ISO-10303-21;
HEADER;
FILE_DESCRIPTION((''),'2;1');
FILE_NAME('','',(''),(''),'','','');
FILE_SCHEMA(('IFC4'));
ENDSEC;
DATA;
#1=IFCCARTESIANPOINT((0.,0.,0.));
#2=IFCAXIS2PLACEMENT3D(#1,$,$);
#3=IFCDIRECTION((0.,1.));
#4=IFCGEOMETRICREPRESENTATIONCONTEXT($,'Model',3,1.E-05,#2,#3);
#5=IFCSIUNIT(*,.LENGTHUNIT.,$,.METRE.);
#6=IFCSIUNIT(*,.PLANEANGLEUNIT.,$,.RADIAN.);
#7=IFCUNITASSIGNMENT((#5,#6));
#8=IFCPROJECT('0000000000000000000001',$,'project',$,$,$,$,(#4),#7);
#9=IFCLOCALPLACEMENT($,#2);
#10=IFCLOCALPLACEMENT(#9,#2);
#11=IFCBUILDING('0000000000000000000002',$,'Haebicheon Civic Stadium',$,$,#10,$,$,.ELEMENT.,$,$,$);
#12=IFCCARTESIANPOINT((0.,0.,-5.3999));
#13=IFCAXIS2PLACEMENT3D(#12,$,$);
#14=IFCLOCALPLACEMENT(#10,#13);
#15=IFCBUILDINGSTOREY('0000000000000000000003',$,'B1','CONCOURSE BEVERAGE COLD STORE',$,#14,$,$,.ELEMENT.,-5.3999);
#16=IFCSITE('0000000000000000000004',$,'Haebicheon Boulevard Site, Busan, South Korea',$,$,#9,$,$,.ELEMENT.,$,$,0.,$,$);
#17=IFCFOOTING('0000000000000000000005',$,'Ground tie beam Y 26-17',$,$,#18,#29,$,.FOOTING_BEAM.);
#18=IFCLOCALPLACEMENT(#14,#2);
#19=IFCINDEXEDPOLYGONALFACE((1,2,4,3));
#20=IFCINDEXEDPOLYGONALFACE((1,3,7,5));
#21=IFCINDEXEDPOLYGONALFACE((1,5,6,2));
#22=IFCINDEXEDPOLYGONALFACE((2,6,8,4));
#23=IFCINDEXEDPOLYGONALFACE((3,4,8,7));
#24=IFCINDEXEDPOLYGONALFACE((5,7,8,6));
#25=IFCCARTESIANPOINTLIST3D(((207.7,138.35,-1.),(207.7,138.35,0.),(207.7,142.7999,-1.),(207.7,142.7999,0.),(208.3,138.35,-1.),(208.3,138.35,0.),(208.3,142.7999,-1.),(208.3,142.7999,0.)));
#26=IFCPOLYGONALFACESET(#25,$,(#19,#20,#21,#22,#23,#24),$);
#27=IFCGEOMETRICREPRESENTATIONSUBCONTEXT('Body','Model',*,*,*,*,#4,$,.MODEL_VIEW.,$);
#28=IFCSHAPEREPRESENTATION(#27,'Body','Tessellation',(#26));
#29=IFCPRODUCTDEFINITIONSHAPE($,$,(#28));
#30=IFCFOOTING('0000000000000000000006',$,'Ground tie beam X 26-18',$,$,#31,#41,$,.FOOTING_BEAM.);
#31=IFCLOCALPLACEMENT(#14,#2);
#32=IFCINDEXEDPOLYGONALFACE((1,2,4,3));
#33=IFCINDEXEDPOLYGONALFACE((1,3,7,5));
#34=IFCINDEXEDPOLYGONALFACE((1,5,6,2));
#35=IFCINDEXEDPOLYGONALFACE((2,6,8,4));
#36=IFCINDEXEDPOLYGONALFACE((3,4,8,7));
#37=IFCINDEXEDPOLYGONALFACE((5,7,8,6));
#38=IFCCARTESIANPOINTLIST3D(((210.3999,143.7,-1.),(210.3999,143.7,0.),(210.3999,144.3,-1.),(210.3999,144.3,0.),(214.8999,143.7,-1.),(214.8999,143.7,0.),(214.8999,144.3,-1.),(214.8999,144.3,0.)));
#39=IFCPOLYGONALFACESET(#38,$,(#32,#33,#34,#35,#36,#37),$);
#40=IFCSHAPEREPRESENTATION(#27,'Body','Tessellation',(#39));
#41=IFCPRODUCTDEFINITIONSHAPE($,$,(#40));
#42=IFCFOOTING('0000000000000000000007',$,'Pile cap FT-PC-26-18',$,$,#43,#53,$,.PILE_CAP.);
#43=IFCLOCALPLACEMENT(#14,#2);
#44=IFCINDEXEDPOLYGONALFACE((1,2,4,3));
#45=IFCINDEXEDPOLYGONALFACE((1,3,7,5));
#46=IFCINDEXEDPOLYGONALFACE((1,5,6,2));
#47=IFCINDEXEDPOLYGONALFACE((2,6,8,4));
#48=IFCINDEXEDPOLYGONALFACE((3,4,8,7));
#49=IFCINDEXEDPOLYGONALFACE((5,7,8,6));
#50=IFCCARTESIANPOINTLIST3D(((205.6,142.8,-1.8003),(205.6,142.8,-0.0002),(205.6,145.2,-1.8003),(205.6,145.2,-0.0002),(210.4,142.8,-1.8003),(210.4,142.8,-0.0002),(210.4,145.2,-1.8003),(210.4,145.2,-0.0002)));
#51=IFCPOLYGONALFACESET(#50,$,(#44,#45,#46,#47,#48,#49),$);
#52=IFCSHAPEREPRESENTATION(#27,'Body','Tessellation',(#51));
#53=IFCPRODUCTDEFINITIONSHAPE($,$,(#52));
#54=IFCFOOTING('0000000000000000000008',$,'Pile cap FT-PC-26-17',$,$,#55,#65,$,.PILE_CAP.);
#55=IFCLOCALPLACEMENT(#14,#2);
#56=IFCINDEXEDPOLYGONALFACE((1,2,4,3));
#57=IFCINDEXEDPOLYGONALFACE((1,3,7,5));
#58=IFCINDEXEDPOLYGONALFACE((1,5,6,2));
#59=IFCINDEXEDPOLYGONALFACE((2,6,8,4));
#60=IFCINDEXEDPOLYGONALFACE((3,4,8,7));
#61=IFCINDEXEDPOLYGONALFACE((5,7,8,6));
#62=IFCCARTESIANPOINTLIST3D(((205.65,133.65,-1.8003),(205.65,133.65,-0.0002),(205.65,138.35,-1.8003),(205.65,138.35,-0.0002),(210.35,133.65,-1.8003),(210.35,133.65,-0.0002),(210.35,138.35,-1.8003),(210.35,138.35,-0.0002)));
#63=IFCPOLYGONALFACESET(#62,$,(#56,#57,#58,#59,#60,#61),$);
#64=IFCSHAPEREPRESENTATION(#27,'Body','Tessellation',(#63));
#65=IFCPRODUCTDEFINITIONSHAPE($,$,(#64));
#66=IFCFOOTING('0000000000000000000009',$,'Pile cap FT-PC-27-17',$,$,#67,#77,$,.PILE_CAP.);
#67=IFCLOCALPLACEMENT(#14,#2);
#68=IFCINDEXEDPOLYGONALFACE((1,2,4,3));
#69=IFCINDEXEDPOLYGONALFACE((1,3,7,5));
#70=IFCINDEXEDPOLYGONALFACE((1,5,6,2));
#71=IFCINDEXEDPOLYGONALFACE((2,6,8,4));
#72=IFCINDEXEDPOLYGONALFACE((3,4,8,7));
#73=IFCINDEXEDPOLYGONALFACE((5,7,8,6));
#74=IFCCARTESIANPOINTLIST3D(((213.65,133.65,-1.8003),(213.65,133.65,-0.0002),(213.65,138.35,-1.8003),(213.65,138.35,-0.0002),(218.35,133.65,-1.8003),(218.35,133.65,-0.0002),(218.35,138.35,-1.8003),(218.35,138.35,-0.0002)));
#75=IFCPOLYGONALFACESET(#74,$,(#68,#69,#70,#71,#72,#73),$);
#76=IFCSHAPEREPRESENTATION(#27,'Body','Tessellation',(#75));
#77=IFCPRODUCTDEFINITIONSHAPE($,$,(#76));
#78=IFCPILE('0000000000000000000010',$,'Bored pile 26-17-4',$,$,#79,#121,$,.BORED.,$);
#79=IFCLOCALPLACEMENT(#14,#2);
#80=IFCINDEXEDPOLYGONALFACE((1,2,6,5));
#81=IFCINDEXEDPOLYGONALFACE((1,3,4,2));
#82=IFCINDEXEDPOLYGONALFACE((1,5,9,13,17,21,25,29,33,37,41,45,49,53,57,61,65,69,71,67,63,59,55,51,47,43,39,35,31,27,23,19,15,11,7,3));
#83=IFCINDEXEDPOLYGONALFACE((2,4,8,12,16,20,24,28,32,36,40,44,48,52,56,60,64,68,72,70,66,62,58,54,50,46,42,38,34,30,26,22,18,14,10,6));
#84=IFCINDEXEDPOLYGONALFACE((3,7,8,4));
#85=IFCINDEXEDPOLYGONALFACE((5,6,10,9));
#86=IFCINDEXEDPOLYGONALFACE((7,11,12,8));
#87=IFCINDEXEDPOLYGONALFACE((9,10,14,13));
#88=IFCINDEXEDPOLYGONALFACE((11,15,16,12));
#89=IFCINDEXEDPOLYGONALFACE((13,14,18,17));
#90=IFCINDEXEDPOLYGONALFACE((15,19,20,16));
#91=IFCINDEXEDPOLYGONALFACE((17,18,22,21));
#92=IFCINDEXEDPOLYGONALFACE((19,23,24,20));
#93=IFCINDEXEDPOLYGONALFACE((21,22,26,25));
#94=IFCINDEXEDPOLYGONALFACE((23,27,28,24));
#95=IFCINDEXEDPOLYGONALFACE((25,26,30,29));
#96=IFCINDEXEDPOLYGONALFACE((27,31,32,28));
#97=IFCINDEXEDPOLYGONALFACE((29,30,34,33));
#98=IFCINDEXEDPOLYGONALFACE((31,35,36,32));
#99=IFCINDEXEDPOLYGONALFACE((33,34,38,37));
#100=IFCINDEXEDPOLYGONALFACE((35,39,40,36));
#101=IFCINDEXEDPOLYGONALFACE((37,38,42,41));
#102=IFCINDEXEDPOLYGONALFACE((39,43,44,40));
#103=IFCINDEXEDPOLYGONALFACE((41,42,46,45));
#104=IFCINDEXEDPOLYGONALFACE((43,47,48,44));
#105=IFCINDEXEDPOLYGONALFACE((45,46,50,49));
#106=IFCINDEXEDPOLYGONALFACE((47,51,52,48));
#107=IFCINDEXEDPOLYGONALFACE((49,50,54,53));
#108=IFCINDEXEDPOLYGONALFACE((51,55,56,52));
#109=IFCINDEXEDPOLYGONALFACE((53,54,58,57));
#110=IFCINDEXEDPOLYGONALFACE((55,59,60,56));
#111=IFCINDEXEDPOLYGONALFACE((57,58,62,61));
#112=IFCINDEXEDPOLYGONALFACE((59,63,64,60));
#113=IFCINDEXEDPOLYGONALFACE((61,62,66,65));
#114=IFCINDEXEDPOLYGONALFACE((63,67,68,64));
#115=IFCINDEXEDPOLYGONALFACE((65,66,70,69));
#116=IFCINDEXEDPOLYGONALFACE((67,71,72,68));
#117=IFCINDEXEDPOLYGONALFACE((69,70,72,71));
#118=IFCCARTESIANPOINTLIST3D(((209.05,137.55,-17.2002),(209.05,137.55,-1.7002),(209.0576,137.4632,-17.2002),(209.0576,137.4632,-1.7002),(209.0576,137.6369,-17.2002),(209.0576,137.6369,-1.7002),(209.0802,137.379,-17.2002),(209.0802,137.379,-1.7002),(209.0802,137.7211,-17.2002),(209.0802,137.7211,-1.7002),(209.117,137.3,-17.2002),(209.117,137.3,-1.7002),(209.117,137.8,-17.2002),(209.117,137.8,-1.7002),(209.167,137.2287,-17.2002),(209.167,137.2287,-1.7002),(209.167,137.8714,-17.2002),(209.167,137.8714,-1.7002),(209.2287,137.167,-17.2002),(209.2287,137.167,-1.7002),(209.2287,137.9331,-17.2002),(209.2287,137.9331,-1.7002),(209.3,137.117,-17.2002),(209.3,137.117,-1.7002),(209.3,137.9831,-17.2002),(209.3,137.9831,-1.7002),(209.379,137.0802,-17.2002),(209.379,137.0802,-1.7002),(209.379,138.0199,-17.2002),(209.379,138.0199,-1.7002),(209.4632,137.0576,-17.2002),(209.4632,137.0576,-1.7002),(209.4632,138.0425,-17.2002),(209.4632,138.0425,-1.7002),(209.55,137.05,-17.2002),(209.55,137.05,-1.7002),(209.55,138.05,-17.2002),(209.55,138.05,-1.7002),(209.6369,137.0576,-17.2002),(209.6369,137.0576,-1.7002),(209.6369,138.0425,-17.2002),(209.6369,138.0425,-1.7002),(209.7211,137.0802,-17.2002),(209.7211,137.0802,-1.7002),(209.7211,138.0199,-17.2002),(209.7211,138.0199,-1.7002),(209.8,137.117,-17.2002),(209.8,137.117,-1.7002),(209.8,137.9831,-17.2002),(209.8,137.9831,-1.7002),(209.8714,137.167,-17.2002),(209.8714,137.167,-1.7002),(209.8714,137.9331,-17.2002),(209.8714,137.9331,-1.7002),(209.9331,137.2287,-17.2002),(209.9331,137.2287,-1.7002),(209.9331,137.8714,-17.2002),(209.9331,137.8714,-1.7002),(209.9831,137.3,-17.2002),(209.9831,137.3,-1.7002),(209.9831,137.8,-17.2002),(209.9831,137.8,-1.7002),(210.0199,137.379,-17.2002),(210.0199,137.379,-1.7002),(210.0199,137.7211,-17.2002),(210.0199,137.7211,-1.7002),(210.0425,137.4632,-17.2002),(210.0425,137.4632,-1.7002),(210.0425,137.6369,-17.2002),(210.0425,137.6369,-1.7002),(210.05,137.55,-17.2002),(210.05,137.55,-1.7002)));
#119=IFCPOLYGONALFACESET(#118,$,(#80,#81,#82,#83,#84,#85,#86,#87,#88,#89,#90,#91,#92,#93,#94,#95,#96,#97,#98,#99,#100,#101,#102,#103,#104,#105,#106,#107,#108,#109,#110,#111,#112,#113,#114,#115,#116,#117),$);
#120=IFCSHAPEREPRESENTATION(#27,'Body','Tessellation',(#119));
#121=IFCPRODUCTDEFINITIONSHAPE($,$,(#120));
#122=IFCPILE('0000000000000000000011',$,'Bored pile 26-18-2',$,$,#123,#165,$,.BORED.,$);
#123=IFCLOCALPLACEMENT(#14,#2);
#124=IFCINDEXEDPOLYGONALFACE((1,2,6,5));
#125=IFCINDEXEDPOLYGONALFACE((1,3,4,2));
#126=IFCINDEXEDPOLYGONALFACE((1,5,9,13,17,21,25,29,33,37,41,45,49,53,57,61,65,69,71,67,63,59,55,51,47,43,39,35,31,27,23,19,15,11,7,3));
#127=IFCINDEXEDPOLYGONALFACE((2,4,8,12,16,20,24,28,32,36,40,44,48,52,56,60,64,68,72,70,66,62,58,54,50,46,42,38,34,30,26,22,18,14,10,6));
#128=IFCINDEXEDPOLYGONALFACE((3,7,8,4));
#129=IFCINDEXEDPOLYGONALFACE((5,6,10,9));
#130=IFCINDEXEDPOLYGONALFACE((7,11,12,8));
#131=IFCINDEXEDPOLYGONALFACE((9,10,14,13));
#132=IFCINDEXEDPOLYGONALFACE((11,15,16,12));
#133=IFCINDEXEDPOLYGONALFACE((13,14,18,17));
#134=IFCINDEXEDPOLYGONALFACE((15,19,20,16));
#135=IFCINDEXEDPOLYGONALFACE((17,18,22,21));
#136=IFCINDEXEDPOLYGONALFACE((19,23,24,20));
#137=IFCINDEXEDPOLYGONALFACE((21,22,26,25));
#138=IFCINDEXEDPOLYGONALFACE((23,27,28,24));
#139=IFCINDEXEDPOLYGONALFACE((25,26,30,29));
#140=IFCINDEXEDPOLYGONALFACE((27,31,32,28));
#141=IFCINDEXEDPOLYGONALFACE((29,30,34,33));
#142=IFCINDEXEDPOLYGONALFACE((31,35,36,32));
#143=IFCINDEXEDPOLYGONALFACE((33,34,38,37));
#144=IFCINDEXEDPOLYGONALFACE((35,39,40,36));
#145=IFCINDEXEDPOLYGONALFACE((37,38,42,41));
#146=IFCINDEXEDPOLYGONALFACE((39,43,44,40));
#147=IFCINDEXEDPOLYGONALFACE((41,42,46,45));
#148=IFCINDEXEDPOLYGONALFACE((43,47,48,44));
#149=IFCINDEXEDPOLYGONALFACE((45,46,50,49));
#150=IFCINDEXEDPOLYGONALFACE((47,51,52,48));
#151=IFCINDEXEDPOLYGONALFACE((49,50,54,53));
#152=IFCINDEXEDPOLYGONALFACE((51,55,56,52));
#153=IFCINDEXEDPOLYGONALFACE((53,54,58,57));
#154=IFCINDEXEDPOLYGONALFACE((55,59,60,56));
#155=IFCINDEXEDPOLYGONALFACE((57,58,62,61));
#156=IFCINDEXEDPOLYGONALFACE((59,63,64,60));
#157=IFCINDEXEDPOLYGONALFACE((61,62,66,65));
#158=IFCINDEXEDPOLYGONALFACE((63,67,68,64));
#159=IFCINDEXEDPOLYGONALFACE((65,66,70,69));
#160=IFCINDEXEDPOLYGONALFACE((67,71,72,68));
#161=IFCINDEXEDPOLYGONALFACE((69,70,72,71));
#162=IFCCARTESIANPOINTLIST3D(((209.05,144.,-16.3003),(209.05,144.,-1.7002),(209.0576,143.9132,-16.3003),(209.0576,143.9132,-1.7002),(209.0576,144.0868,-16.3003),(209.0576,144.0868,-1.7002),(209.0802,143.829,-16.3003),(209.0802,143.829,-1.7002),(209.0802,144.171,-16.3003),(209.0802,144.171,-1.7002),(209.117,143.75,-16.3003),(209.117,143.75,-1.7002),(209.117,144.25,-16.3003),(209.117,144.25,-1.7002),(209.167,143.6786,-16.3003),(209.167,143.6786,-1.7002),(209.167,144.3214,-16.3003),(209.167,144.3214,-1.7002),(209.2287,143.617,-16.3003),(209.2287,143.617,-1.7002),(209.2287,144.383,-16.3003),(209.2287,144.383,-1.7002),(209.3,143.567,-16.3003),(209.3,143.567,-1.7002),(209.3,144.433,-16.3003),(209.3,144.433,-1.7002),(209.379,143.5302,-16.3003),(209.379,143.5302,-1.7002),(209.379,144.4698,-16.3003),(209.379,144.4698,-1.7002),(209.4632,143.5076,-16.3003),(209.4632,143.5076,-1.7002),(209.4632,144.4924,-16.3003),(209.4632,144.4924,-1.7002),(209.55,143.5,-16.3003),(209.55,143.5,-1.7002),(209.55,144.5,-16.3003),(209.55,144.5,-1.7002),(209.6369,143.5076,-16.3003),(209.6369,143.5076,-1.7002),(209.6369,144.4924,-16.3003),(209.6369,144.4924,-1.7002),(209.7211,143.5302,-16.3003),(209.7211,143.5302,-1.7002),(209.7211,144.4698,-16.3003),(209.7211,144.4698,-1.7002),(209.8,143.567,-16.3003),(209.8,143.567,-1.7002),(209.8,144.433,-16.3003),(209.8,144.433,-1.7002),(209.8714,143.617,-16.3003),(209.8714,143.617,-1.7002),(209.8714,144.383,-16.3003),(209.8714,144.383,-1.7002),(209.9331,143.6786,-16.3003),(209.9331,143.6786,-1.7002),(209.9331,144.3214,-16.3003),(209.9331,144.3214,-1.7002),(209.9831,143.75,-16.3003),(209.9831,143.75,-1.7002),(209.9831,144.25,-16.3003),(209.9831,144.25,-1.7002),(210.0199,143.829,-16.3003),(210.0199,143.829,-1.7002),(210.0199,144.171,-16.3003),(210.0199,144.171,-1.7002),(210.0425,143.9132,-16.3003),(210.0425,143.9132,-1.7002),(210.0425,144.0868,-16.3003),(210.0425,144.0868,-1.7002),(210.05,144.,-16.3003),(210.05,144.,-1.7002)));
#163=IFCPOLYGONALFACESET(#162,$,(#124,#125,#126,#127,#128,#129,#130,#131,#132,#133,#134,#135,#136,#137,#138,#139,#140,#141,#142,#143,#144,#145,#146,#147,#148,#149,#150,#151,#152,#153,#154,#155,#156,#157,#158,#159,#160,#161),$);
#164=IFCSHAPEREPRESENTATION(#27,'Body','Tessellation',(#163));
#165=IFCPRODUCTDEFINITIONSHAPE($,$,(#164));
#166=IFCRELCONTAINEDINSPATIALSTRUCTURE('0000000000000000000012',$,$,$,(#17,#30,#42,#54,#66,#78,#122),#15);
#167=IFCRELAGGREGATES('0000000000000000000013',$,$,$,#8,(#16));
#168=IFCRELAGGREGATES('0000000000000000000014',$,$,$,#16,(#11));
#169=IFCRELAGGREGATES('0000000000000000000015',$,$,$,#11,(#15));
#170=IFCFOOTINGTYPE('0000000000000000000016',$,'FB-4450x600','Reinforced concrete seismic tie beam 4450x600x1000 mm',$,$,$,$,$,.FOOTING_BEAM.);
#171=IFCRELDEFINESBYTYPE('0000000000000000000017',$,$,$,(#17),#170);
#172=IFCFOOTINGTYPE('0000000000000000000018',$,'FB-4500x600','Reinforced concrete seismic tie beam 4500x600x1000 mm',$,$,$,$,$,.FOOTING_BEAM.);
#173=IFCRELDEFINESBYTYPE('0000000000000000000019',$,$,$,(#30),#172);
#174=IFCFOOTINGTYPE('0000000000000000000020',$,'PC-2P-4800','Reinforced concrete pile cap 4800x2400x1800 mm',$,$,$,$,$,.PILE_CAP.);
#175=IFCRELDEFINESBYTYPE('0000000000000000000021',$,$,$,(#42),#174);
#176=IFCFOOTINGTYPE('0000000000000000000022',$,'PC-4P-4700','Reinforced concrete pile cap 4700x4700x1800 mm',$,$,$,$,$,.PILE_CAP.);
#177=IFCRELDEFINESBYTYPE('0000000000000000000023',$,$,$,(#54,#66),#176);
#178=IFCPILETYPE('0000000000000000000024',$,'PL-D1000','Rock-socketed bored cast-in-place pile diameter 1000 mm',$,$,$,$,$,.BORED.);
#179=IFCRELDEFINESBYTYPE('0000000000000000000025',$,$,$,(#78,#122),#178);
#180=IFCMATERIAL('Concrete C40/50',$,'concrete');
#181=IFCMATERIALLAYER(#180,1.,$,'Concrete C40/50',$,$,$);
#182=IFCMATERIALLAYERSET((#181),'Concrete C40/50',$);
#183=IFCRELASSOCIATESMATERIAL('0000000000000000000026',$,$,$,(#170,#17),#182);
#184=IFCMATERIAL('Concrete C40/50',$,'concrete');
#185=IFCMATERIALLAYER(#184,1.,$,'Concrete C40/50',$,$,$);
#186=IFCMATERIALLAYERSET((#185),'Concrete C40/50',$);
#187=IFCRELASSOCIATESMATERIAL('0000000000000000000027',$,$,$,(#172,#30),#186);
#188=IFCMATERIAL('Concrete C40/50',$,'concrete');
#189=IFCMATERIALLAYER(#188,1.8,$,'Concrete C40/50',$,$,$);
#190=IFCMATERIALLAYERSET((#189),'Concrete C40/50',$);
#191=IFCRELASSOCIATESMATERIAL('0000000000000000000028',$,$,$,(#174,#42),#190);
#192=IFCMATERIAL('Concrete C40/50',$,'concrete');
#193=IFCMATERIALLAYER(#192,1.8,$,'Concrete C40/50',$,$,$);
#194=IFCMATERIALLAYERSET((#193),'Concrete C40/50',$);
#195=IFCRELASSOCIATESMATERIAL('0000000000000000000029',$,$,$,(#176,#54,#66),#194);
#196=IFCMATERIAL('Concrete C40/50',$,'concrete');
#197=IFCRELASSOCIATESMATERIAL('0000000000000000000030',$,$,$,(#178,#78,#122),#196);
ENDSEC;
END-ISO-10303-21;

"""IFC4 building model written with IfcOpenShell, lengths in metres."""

from ifc_helpers import new_model, si_unit, direction, frame, origin, origin_2d, place, context, subcontext, project, spatial, rectangle, circle, extrude, material, layer, layer_set, material_profile, profile_set, type_object, element, save


model = new_model("IFC4")

# Units and contexts
model_context = context("Model", 3, precision=1e-05, world=origin(), true_north=direction((0.0, 1.0)))
body_context = subcontext(model_context, "Body", "Model", "MODEL_VIEW")
ifc_project = project(units=[si_unit("LENGTHUNIT", "METRE"), si_unit("PLANEANGLEUNIT", "RADIAN")], contexts=[model_context])

# Site, building, storey
site_placement = place(None, origin())
site = spatial("IfcSite", under=ifc_project, at=site_placement, Name="Haebicheon Boulevard Site, Busan, South Korea", CompositionType="ELEMENT", RefElevation=0.0)
building_placement = place(site_placement, origin())
building = spatial("IfcBuilding", under=site, at=building_placement, Name="Haebicheon Civic Stadium", CompositionType="ELEMENT")
storey_placement = place(building_placement, frame((0.0, 0.0, -5.3999)))
storey = spatial("IfcBuildingStorey", under=building, at=storey_placement, Name="B1", Description="CONCOURSE BEVERAGE COLD STORE", CompositionType="ELEMENT", Elevation=-5.3999)

# Footings
ifc_material_1 = material(Name="Concrete C40/50", Category="concrete")
ifc_layer_1 = layer(ifc_material_1, 1.0, Name="Concrete C40/50")
ifc_layer_set_1 = layer_set([ifc_layer_1], Name="Concrete C40/50")
footing_type_1 = type_object("IfcFootingType", Name="FB-4450x600", Description="Reinforced concrete seismic tie beam 4450x600x1000 mm", PredefinedType="FOOTING_BEAM", material=ifc_layer_set_1)
footing_1_placement = place(storey_placement, frame((208.0, 140.575, -1.0), z_axis=(0.0, 0.0, 1.0), x_axis=(0.0, 1.0, 0.0)))
element("IfcFooting", 1, at=footing_1_placement, inside=storey, type_object=footing_type_1, material=ifc_layer_set_1, Name="Ground tie beam Y 26-17", PredefinedType="FOOTING_BEAM", context=body_context, shape_type="SweptSolid", body=[
    extrude(rectangle(XDim=4.45, YDim=0.6001, at=origin_2d()), origin(), (0.0, 0.0, 1.0), 1.0),
])
ifc_material_2 = material(Name="Concrete C40/50", Category="concrete")
ifc_layer_2 = layer(ifc_material_2, 1.0, Name="Concrete C40/50")
ifc_layer_set_2 = layer_set([ifc_layer_2], Name="Concrete C40/50")
footing_type_2 = type_object("IfcFootingType", Name="FB-4500x600", Description="Reinforced concrete seismic tie beam 4500x600x1000 mm", PredefinedType="FOOTING_BEAM", material=ifc_layer_set_2)
footing_2_placement = place(storey_placement, frame((212.6499, 144.0, -1.0), z_axis=(0.0, 0.0, 1.0), x_axis=(1.0, 0.0, 0.0)))
element("IfcFooting", 2, at=footing_2_placement, inside=storey, type_object=footing_type_2, material=ifc_layer_set_2, Name="Ground tie beam X 26-18", PredefinedType="FOOTING_BEAM", context=body_context, shape_type="SweptSolid", body=[
    extrude(rectangle(XDim=4.5, YDim=0.6001, at=origin_2d()), origin(), (0.0, 0.0, 1.0), 1.0),
])
ifc_material_3 = material(Name="Concrete C40/50", Category="concrete")
ifc_layer_3 = layer(ifc_material_3, 1.8, Name="Concrete C40/50")
ifc_layer_set_3 = layer_set([ifc_layer_3], Name="Concrete C40/50")
footing_type_3 = type_object("IfcFootingType", Name="PC-2P-4800", Description="Reinforced concrete pile cap 4800x2400x1800 mm", PredefinedType="PILE_CAP", material=ifc_layer_set_3)
footing_3_placement = place(storey_placement, frame((208.0, 144.0, -1.8003), z_axis=(0.0, 0.0, 1.0), x_axis=(1.0, 0.0, 0.0)))
element("IfcFooting", 3, at=footing_3_placement, inside=storey, type_object=footing_type_3, material=ifc_layer_set_3, Name="Pile cap FT-PC-26-18", PredefinedType="PILE_CAP", context=body_context, shape_type="SweptSolid", body=[
    extrude(rectangle(XDim=4.8, YDim=2.3999, at=origin_2d()), origin(), (0.0, 0.0, 1.0), 1.8),
])
ifc_material_4 = material(Name="Concrete C40/50", Category="concrete")
ifc_layer_4 = layer(ifc_material_4, 1.8, Name="Concrete C40/50")
ifc_layer_set_4 = layer_set([ifc_layer_4], Name="Concrete C40/50")
footing_type_4 = type_object("IfcFootingType", Name="PC-4P-4700", Description="Reinforced concrete pile cap 4700x4700x1800 mm", PredefinedType="PILE_CAP", material=ifc_layer_set_4)
for number, where, z_axis, x_axis, name in (
    (4, (208.0, 136.0, -1.8003), (0.0, 0.0, 1.0), (1.0, 0.0, 0.0), "Pile cap FT-PC-26-17"),
    (5, (216.0, 136.0, -1.8003), (0.0, 0.0, 1.0), (1.0, 0.0, 0.0), "Pile cap FT-PC-27-17"),
):
    element("IfcFooting", number, at=place(storey_placement, frame(where, z_axis=z_axis, x_axis=x_axis)), inside=storey, type_object=footing_type_4, material=ifc_layer_set_4, Name=name, PredefinedType="PILE_CAP", context=body_context, shape_type="SweptSolid", body=[
        extrude(rectangle(XDim=4.7, YDim=4.7, at=origin_2d()), origin(), (0.0, 0.0, 1.0), 1.8),
    ])

# Piles
ifc_material_5 = material(Name="Concrete C40/50", Category="concrete")
ifc_material_profile_1 = material_profile(ifc_material_5, circle(Radius=0.5, at=origin_2d()), Name="PILE-D1000")
ifc_profile_set_1 = profile_set([ifc_material_profile_1], Name="Concrete C40/50")
pile_type = type_object("IfcPileType", Name="PL-D1000", Description="Rock-socketed bored cast-in-place pile diameter 1000 mm", PredefinedType="BORED", material=ifc_profile_set_1)
pile_1_placement = place(storey_placement, frame((209.55, 137.55, -1.7002), z_axis=(0.0, 0.0, -1.0), x_axis=(1.0, 0.0, 0.0)))
element("IfcPile", 6, at=pile_1_placement, inside=storey, type_object=pile_type, material=ifc_profile_set_1, Name="Bored pile 26-17-4", PredefinedType="BORED", context=body_context, shape_type="SweptSolid", body=[
    extrude(circle(Radius=0.5, at=origin_2d()), origin(), (0.0, 0.0, 1.0), 15.5),
])
pile_2_placement = place(storey_placement, frame((209.55, 144.0, -1.7002), z_axis=(0.0, 0.0, -1.0), x_axis=(1.0, 0.0, 0.0)))
element("IfcPile", 7, at=pile_2_placement, inside=storey, type_object=pile_type, material=ifc_profile_set_1, Name="Bored pile 26-18-2", PredefinedType="BORED", context=body_context, shape_type="SweptSolid", body=[
    extrude(circle(Radius=0.5, at=origin_2d()), origin(), (0.0, 0.0, 1.0), 14.6001),
])

save(model, "model.ifc")
